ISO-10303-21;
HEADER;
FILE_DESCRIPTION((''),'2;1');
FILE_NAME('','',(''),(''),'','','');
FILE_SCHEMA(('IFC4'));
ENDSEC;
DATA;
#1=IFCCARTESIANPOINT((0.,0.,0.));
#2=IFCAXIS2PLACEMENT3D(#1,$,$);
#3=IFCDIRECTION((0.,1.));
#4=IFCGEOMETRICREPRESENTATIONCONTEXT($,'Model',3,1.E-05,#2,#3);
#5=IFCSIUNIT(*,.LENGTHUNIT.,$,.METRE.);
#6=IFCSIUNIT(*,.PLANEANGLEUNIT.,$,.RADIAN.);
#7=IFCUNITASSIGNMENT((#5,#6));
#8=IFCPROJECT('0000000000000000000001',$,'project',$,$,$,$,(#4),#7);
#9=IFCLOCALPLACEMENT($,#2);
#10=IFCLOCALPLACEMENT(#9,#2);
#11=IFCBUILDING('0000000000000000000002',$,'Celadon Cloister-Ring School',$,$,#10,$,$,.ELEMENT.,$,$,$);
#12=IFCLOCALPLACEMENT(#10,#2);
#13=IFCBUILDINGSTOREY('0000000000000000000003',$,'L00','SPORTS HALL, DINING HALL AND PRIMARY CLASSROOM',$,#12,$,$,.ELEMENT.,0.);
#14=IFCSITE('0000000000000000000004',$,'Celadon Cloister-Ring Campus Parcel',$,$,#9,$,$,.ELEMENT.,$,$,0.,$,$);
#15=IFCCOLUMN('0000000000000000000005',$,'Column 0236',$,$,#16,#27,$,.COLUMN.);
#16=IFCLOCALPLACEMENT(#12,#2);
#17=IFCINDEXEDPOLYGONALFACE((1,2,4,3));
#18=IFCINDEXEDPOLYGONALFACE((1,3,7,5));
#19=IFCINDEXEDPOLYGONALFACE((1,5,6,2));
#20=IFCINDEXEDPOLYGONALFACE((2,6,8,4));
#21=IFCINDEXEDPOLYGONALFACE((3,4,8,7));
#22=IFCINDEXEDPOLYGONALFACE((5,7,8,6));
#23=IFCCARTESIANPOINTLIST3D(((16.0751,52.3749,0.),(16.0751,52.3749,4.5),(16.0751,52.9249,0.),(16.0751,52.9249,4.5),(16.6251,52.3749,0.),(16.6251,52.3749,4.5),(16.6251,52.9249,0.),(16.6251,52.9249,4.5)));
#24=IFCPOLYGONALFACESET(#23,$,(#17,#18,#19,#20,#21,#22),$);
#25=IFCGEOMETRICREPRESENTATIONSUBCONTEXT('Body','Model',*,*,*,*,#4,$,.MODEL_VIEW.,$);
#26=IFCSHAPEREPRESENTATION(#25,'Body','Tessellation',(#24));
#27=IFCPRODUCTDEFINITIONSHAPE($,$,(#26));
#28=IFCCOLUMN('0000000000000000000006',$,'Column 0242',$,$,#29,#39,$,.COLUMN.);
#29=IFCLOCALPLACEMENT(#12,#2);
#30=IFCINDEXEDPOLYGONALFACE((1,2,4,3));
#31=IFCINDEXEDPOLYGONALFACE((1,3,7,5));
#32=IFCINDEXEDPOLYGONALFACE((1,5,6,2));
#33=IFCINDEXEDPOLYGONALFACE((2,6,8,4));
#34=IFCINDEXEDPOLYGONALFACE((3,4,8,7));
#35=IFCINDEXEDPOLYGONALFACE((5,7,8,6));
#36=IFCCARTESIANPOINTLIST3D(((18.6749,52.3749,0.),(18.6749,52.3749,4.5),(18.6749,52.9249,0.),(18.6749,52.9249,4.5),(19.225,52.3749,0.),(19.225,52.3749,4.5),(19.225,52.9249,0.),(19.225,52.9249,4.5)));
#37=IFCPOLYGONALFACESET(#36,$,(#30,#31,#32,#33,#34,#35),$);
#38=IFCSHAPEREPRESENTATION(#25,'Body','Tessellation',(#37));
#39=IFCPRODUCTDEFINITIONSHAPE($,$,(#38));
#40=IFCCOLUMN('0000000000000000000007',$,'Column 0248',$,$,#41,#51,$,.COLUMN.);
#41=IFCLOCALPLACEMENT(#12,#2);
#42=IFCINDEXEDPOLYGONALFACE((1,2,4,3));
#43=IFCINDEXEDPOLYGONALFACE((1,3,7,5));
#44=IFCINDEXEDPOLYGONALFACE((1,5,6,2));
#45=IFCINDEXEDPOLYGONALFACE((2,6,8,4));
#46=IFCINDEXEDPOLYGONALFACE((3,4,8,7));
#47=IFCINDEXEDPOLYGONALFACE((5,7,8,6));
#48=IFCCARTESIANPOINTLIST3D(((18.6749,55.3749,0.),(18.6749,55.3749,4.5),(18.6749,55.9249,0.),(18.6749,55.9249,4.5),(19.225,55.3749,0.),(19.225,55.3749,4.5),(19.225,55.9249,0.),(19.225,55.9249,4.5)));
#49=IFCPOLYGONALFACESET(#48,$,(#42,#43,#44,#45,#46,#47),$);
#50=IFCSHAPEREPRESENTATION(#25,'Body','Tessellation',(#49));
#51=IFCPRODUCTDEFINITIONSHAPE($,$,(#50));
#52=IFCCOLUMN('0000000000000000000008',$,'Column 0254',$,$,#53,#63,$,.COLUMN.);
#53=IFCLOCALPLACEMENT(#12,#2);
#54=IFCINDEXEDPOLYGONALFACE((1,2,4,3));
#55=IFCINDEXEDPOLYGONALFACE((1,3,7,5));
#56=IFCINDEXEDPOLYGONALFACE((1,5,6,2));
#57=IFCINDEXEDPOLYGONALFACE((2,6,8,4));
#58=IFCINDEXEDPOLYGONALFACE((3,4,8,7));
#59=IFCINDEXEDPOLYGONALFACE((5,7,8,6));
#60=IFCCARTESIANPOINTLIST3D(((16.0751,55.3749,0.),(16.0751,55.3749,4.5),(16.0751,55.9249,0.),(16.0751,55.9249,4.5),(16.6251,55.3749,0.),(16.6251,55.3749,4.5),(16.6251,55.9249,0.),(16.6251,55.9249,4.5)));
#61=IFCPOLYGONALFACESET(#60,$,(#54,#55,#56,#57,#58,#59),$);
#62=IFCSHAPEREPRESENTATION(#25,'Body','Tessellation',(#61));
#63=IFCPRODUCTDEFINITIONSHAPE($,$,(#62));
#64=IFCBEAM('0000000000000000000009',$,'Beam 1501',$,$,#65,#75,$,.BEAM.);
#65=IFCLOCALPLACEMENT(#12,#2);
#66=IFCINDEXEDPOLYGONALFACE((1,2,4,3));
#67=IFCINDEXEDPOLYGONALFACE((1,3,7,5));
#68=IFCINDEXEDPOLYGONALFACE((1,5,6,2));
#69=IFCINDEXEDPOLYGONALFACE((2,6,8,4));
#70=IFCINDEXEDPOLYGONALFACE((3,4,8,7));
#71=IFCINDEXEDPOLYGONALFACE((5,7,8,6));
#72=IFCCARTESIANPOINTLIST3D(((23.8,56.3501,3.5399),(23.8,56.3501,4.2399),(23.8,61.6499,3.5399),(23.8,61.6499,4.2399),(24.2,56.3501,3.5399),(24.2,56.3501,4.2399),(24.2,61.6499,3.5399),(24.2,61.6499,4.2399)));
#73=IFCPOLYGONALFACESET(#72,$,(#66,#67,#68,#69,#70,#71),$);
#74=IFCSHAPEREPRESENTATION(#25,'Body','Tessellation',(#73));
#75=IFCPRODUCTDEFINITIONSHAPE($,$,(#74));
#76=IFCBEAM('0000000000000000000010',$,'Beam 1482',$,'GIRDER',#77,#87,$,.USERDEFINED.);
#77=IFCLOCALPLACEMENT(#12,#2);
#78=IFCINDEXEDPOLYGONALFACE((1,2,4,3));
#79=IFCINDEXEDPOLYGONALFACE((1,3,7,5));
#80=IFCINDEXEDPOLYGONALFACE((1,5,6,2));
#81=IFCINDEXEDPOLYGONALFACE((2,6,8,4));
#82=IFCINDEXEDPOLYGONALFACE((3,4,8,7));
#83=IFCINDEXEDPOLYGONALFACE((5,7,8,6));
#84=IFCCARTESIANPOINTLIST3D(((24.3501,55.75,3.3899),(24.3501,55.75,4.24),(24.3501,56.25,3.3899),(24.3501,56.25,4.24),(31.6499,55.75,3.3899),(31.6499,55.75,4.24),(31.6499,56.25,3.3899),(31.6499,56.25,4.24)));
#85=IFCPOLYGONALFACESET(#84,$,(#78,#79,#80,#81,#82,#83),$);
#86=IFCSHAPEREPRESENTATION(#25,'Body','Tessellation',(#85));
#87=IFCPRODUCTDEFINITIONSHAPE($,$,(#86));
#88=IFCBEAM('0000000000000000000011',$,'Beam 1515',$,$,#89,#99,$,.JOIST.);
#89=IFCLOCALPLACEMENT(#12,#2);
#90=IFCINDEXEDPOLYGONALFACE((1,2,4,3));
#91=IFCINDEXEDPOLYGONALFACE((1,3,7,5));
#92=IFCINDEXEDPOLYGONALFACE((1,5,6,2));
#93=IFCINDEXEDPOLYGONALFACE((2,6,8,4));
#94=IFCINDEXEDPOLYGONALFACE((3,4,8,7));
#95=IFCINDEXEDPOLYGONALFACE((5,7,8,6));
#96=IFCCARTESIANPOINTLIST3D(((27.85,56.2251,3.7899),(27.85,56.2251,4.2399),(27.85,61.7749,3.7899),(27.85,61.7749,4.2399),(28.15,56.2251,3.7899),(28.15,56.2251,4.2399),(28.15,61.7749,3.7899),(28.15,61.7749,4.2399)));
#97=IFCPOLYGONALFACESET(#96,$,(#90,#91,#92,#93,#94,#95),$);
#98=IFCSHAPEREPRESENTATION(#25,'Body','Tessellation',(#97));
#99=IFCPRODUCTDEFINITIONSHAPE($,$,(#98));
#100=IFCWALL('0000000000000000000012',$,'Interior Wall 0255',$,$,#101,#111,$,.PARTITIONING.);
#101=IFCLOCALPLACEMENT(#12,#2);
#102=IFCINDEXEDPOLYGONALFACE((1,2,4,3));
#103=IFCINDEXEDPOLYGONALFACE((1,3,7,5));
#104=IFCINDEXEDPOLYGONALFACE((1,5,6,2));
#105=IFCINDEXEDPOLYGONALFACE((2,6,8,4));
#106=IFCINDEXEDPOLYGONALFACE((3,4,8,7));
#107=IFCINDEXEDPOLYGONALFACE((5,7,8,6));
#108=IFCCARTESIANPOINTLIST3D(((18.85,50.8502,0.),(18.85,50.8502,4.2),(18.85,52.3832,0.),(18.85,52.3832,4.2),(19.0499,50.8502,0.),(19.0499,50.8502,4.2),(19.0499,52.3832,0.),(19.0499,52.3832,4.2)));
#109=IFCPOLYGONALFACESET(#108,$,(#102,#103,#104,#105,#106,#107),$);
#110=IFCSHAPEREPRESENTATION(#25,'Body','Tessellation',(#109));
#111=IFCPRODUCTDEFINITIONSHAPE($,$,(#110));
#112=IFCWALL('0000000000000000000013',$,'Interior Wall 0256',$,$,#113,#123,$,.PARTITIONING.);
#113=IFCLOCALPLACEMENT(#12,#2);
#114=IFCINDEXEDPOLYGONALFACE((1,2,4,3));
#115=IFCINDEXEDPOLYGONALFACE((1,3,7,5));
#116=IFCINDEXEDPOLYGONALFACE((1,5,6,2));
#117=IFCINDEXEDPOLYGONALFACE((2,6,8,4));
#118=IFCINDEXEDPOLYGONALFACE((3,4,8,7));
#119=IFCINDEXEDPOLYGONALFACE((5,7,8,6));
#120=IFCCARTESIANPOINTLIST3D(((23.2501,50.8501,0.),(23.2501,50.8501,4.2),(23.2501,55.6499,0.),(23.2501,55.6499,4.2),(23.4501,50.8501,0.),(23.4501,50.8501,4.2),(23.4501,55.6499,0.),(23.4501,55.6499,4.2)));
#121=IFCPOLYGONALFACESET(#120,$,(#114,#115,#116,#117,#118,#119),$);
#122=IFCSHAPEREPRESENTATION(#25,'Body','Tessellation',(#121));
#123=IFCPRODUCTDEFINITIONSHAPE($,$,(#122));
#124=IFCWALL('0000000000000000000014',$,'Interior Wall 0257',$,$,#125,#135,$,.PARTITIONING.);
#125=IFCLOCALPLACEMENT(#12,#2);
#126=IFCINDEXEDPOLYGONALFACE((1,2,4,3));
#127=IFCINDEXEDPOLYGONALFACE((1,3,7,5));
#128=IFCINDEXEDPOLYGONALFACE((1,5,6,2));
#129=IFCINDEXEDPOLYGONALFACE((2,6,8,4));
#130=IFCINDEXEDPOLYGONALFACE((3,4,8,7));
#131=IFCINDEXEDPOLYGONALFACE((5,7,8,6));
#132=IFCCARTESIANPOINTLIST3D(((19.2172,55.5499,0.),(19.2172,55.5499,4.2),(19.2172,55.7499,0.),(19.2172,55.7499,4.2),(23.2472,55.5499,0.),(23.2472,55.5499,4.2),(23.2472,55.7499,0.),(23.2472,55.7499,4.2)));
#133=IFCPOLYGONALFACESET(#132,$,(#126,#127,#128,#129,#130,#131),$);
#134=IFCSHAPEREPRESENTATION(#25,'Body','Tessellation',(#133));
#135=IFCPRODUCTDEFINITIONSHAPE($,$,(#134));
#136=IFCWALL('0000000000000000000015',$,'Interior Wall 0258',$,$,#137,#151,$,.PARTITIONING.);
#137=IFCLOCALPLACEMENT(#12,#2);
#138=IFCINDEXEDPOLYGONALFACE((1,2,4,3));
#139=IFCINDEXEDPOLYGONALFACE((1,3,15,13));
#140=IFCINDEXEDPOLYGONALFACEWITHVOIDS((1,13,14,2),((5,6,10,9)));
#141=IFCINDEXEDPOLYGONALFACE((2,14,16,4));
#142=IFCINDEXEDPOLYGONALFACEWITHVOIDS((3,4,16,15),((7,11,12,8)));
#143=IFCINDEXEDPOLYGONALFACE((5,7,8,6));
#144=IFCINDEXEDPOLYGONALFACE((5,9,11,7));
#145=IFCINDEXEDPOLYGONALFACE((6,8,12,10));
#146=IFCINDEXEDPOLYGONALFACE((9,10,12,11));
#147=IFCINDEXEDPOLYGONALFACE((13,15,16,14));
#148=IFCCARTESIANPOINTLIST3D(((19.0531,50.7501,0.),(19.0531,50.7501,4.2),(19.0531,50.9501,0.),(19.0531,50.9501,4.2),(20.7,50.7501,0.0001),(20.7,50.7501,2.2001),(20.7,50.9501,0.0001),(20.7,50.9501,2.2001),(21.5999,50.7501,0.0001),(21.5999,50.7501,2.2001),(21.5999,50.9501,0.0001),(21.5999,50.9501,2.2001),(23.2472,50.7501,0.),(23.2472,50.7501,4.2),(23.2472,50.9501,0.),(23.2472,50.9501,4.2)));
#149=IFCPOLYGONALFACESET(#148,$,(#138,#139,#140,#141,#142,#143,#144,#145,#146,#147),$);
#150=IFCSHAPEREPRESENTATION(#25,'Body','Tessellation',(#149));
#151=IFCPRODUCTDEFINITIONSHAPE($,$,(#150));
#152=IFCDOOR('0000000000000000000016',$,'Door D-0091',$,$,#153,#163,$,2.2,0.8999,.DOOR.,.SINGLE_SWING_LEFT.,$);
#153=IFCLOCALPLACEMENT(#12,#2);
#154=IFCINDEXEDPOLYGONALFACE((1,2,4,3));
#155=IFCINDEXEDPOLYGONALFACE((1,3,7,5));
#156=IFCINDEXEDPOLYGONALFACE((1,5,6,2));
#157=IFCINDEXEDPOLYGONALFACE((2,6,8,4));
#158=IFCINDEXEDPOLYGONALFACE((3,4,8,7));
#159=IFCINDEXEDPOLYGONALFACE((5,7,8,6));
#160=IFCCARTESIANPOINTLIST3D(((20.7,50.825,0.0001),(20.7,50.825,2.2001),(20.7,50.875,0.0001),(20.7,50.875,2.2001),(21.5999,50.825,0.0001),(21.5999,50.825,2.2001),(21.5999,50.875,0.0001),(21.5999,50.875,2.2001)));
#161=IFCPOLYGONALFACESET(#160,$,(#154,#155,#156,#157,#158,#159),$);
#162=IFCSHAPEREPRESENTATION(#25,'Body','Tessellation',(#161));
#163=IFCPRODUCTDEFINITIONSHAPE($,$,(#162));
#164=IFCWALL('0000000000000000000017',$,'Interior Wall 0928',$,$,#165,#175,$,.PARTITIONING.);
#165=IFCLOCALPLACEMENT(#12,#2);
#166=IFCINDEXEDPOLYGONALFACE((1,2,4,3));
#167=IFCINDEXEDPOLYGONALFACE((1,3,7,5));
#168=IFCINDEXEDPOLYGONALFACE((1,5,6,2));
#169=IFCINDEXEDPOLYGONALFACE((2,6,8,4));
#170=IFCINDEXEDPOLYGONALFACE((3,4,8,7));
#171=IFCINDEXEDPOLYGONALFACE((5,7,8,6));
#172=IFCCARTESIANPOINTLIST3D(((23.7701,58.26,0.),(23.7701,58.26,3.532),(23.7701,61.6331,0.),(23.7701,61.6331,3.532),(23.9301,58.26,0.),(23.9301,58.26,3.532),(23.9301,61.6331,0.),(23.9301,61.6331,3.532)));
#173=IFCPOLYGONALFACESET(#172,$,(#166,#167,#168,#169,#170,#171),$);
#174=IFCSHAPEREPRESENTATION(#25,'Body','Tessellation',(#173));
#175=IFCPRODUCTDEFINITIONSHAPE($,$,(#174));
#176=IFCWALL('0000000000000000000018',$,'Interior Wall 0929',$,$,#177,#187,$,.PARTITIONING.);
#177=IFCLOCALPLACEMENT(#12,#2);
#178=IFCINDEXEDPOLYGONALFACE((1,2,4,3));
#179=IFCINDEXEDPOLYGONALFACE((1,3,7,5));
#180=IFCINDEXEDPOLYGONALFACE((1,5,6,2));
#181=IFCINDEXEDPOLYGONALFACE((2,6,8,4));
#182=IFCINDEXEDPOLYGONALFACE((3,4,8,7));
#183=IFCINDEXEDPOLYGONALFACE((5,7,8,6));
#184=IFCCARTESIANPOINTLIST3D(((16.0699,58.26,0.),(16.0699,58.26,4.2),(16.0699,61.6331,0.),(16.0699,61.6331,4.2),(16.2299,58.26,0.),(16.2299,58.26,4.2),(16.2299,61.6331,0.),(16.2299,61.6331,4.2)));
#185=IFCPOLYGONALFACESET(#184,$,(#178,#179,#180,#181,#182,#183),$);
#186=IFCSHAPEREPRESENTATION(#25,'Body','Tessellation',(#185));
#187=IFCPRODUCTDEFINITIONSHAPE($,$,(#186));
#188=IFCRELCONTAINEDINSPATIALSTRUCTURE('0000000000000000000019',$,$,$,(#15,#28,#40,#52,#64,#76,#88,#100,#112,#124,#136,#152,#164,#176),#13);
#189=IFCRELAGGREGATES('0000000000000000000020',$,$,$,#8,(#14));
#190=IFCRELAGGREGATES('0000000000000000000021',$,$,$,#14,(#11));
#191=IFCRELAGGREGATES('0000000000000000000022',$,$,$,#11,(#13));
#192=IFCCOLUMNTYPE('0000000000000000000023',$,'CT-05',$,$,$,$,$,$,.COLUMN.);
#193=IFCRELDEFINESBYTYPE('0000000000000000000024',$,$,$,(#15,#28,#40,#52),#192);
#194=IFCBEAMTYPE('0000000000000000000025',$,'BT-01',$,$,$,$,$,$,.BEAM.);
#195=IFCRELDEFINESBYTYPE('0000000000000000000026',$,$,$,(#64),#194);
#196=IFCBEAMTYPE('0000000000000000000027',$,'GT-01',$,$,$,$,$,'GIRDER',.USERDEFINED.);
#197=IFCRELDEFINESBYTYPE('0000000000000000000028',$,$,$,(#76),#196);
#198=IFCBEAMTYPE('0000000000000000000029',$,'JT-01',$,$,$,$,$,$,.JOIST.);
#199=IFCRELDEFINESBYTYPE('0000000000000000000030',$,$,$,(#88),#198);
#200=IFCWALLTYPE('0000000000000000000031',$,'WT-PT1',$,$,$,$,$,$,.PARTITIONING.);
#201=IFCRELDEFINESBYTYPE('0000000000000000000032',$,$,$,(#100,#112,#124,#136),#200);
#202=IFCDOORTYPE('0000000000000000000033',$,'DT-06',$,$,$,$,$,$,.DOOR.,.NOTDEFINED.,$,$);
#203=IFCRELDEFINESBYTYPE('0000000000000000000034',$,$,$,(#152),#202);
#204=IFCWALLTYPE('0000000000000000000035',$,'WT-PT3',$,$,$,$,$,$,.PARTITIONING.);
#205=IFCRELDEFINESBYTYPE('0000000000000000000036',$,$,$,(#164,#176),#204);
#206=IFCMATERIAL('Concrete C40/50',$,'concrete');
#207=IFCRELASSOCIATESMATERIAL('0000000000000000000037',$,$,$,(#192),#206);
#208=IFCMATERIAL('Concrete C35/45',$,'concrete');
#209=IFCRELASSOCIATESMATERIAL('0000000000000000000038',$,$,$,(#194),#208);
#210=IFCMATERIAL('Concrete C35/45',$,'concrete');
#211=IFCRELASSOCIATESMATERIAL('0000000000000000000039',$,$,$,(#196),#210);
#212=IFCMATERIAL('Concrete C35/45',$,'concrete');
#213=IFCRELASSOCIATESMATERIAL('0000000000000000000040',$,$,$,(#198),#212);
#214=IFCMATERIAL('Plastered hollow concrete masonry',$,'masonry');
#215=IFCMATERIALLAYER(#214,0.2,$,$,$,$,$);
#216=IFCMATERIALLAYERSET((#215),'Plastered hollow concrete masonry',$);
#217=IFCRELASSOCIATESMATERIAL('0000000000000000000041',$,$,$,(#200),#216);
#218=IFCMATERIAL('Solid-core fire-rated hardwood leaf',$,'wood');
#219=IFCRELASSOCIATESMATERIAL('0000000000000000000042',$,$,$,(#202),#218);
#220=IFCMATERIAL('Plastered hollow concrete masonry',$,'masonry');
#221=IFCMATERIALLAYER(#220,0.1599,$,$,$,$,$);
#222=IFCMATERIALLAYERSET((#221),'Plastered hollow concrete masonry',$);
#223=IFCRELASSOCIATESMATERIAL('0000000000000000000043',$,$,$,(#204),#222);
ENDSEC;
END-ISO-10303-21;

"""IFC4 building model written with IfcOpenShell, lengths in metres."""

from ifc_helpers import new_model, si_unit, direction, frame, frame_2d, origin, origin_2d, place, context, subcontext, project, spatial, rectangle, extrude, material, layer, layer_set, material_profile, profile_set, type_object, element, fill, save


model = new_model("IFC4")

# Units and contexts
model_context = context("Model", 3, precision=1e-05, world=origin(), true_north=direction((0.0, 1.0)))
body_context = subcontext(model_context, "Body", "Model", "MODEL_VIEW")
ifc_project = project(units=[si_unit("LENGTHUNIT", "METRE"), si_unit("PLANEANGLEUNIT", "RADIAN")], contexts=[model_context])

# Site, building, storey
site_placement = place(None, origin())
site = spatial("IfcSite", under=ifc_project, at=site_placement, Name="Celadon Cloister-Ring Campus Parcel", CompositionType="ELEMENT", RefElevation=0.0)
building_placement = place(site_placement, origin())
building = spatial("IfcBuilding", under=site, at=building_placement, Name="Celadon Cloister-Ring School", CompositionType="ELEMENT")
storey_placement = place(building_placement, origin())
storey = spatial("IfcBuildingStorey", under=building, at=storey_placement, Name="L00", Description="SPORTS HALL, DINING HALL AND PRIMARY CLASSROOM", CompositionType="ELEMENT", Elevation=0.0)

# Columns
ifc_material_1 = material(Name="Concrete C40/50", Category="concrete")
ifc_material_profile_1 = material_profile(ifc_material_1, rectangle(XDim=0.55, YDim=0.55, at=origin_2d()), Name="RC550X550")
ifc_profile_set_1 = profile_set([ifc_material_profile_1], Name="Concrete C40/50")
column_type_1 = type_object("IfcColumnType", Name="CT-05", PredefinedType="COLUMN", material=ifc_profile_set_1)
for number, where, z_axis, x_axis, name in (
    (1, (16.3501, 52.6499, 0.0), (0.0, 0.0, 1.0), (1.0, 0.0, 0.0), "Column 0236"),
    (2, (18.95, 52.6499, 0.0), (0.0, 0.0, 1.0), (1.0, 0.0, 0.0), "Column 0242"),
    (3, (18.95, 55.6499, 0.0), (0.0, 0.0, 1.0), (1.0, 0.0, 0.0), "Column 0248"),
    (4, (16.3501, 55.6499, 0.0), (0.0, 0.0, 1.0), (1.0, 0.0, 0.0), "Column 0254"),
):
    element("IfcColumn", number, at=place(storey_placement, frame(where, z_axis=z_axis, x_axis=x_axis)), inside=storey, type_object=column_type_1, Name=name, PredefinedType="COLUMN", context=body_context, shape_type="SweptSolid", body=[
        extrude(rectangle(XDim=0.55, YDim=0.55, at=origin_2d()), origin(), (0.0, 0.0, 1.0), 4.5),
    ])

# Beams
ifc_material_2 = material(Name="Concrete C35/45", Category="concrete")
ifc_material_profile_2 = material_profile(ifc_material_2, rectangle(XDim=0.3999, YDim=0.7, at=origin_2d()), Name="RC400X700")
ifc_profile_set_2 = profile_set([ifc_material_profile_2], Name="Concrete C35/45")
beam_type_1 = type_object("IfcBeamType", Name="BT-01", PredefinedType="BEAM", material=ifc_profile_set_2)
beam_1_placement = place(storey_placement, frame((24.0, 56.3501, 3.8899), z_axis=(0.0, 1.0, 0.0), x_axis=(-1.0, 0.0, 0.0)))
element("IfcBeam", 5, at=beam_1_placement, inside=storey, type_object=beam_type_1, Name="Beam 1501", PredefinedType="BEAM", context=body_context, shape_type="SweptSolid", body=[
    extrude(rectangle(XDim=0.3999, YDim=0.7, at=origin_2d()), origin(), (0.0, 0.0, 1.0), 5.2998),
])
ifc_material_3 = material(Name="Concrete C35/45", Category="concrete")
ifc_material_profile_3 = material_profile(ifc_material_3, rectangle(XDim=0.5, YDim=0.8501, at=origin_2d()), Name="RC500X850")
ifc_profile_set_3 = profile_set([ifc_material_profile_3], Name="Concrete C35/45")
beam_type_2 = type_object("IfcBeamType", Name="GT-01", ElementType="GIRDER", PredefinedType="USERDEFINED", material=ifc_profile_set_3)
beam_2_placement = place(storey_placement, frame((24.3501, 56.0, 3.8149), z_axis=(1.0, 0.0, 0.0), x_axis=(0.0, 1.0, 0.0)))
element("IfcBeam", 6, at=beam_2_placement, inside=storey, type_object=beam_type_2, Name="Beam 1482", ObjectType="GIRDER", PredefinedType="USERDEFINED", context=body_context, shape_type="SweptSolid", body=[
    extrude(rectangle(XDim=0.5, YDim=0.8501, at=origin_2d()), origin(), (0.0, 0.0, 1.0), 7.2998),
])
ifc_material_4 = material(Name="Concrete C35/45", Category="concrete")
ifc_material_profile_4 = material_profile(ifc_material_4, rectangle(XDim=0.3, YDim=0.45, at=origin_2d()), Name="RC300X450")
ifc_profile_set_4 = profile_set([ifc_material_profile_4], Name="Concrete C35/45")
beam_type_3 = type_object("IfcBeamType", Name="JT-01", PredefinedType="JOIST", material=ifc_profile_set_4)
beam_3_placement = place(storey_placement, frame((28.0, 56.2251, 4.0149), z_axis=(0.0, 1.0, 0.0), x_axis=(-1.0, 0.0, 0.0)))
element("IfcBeam", 7, at=beam_3_placement, inside=storey, type_object=beam_type_3, Name="Beam 1515", PredefinedType="JOIST", context=body_context, shape_type="SweptSolid", body=[
    extrude(rectangle(XDim=0.3, YDim=0.45, at=origin_2d()), origin(), (0.0, 0.0, 1.0), 5.5498),
])

# Walls
ifc_material_5 = material(Name="Plastered hollow concrete masonry", Category="masonry")
ifc_layer_1 = layer(ifc_material_5, 0.2)
ifc_layer_set_1 = layer_set([ifc_layer_1], Name="Plastered hollow concrete masonry")
wall_type_1 = type_object("IfcWallType", Name="WT-PT1", PredefinedType="PARTITIONING", material=ifc_layer_set_1)
wall_1_placement = place(storey_placement, frame((18.95, 50.8501, 0.0), z_axis=(0.0, 0.0, 1.0), x_axis=(0.0, 1.0, 0.0)))
element("IfcWall", 8, at=wall_1_placement, inside=storey, type_object=wall_type_1, Name="Interior Wall 0255", PredefinedType="PARTITIONING", context=body_context, shape_type="SweptSolid", body=[
    extrude(rectangle(XDim=1.533, YDim=0.2, at=frame_2d((0.7666, 0.0))), origin(), (0.0, 0.0, 1.0), 4.2),
])
wall_2_placement = place(storey_placement, frame((23.3501, 50.8501, 0.0), z_axis=(0.0, 0.0, 1.0), x_axis=(0.0, 1.0, 0.0)))
element("IfcWall", 9, at=wall_2_placement, inside=storey, type_object=wall_type_1, Name="Interior Wall 0256", PredefinedType="PARTITIONING", context=body_context, shape_type="SweptSolid", body=[
    extrude(rectangle(XDim=4.7998, YDim=0.2, at=frame_2d((2.3999, 0.0))), origin(), (0.0, 0.0, 1.0), 4.2),
])
wall_3_placement = place(storey_placement, frame((19.217, 55.6499, 0.0), z_axis=(0.0, 0.0, 1.0), x_axis=(1.0, 0.0, 0.0)))
element("IfcWall", 10, at=wall_3_placement, inside=storey, type_object=wall_type_1, Name="Interior Wall 0257", PredefinedType="PARTITIONING", context=body_context, shape_type="SweptSolid", body=[
    extrude(rectangle(XDim=4.03, YDim=0.2, at=frame_2d((2.0151, 0.0))), origin(), (0.0, 0.0, 1.0), 4.2),
])

# Wall, opening, door
wall_4_placement = place(storey_placement, frame((19.053, 50.8501, 0.0), z_axis=(0.0, 0.0, 1.0), x_axis=(1.0, 0.0, 0.0)))
wall_4 = element("IfcWall", 11, at=wall_4_placement, inside=storey, type_object=wall_type_1, Name="Interior Wall 0258", PredefinedType="PARTITIONING", context=body_context, shape_type="SweptSolid", body=[
    extrude(rectangle(XDim=4.1941, YDim=0.2, at=frame_2d((2.0972, 0.0))), origin(), (0.0, 0.0, 1.0), 4.2),
])
opening_1_placement = place(wall_4_placement, frame((1.647, 0.0, 0.0)))
opening_1 = element("IfcOpeningElement", 12, at=opening_1_placement, cuts=wall_4, PredefinedType="OPENING", context=body_context, shape_type="SweptSolid", body=[
    extrude(rectangle(XDim=0.8999, YDim=2.2, at=frame_2d((0.45, 1.1001))), frame((0.0, 0.1099, 0.0), z_axis=(0.0, -1.0, 0.0), x_axis=(1.0, 0.0, 0.0)), (0.0, 0.0, 1.0), 0.22),
])
ifc_material_6 = material(Name="Solid-core fire-rated hardwood leaf", Category="wood")
door_type_1 = type_object("IfcDoorType", Name="DT-06", OperationType="NOTDEFINED", PredefinedType="DOOR", material=ifc_material_6)
door_1_placement = place(opening_1_placement, origin())
door_1 = element("IfcDoor", 13, at=door_1_placement, inside=storey, type_object=door_type_1, Name="Door D-0091", OperationType="SINGLE_SWING_LEFT", OverallHeight=2.2, OverallWidth=0.8999, PredefinedType="DOOR", context=body_context, shape_type="SweptSolid", body=[
    extrude(rectangle(XDim=0.8999, YDim=2.2, at=frame_2d((0.45, 1.1001))), frame((0.0, 0.0249, 0.0), z_axis=(0.0, -1.0, 0.0), x_axis=(1.0, 0.0, 0.0)), (0.0, 0.0, 1.0), 0.05),
])
fill(opening_1, door_1)

# Walls
ifc_material_7 = material(Name="Plastered hollow concrete masonry", Category="masonry")
ifc_layer_2 = layer(ifc_material_7, 0.1599)
ifc_layer_set_2 = layer_set([ifc_layer_2], Name="Plastered hollow concrete masonry")
wall_type_2 = type_object("IfcWallType", Name="WT-PT3", PredefinedType="PARTITIONING", material=ifc_layer_set_2)
wall_5_placement = place(storey_placement, frame((23.8501, 61.6331, 0.0), z_axis=(0.0, 0.0, 1.0), x_axis=(0.0, -1.0, 0.0)))
element("IfcWall", 14, at=wall_5_placement, inside=storey, type_object=wall_type_2, Name="Interior Wall 0928", PredefinedType="PARTITIONING", context=body_context, shape_type="SweptSolid", body=[
    extrude(rectangle(XDim=3.373, YDim=0.1599, at=frame_2d((1.6865, 0.0))), origin(), (0.0, 0.0, 1.0), 3.532),
])
wall_6_placement = place(storey_placement, frame((16.1499, 58.26, 0.0), z_axis=(0.0, 0.0, 1.0), x_axis=(0.0, 1.0, 0.0)))
element("IfcWall", 15, at=wall_6_placement, inside=storey, type_object=wall_type_2, Name="Interior Wall 0929", PredefinedType="PARTITIONING", context=body_context, shape_type="SweptSolid", body=[
    extrude(rectangle(XDim=3.373, YDim=0.1599, at=frame_2d((1.6865, 0.0))), origin(), (0.0, 0.0, 1.0), 4.2),
])

save(model, "model.ifc")
